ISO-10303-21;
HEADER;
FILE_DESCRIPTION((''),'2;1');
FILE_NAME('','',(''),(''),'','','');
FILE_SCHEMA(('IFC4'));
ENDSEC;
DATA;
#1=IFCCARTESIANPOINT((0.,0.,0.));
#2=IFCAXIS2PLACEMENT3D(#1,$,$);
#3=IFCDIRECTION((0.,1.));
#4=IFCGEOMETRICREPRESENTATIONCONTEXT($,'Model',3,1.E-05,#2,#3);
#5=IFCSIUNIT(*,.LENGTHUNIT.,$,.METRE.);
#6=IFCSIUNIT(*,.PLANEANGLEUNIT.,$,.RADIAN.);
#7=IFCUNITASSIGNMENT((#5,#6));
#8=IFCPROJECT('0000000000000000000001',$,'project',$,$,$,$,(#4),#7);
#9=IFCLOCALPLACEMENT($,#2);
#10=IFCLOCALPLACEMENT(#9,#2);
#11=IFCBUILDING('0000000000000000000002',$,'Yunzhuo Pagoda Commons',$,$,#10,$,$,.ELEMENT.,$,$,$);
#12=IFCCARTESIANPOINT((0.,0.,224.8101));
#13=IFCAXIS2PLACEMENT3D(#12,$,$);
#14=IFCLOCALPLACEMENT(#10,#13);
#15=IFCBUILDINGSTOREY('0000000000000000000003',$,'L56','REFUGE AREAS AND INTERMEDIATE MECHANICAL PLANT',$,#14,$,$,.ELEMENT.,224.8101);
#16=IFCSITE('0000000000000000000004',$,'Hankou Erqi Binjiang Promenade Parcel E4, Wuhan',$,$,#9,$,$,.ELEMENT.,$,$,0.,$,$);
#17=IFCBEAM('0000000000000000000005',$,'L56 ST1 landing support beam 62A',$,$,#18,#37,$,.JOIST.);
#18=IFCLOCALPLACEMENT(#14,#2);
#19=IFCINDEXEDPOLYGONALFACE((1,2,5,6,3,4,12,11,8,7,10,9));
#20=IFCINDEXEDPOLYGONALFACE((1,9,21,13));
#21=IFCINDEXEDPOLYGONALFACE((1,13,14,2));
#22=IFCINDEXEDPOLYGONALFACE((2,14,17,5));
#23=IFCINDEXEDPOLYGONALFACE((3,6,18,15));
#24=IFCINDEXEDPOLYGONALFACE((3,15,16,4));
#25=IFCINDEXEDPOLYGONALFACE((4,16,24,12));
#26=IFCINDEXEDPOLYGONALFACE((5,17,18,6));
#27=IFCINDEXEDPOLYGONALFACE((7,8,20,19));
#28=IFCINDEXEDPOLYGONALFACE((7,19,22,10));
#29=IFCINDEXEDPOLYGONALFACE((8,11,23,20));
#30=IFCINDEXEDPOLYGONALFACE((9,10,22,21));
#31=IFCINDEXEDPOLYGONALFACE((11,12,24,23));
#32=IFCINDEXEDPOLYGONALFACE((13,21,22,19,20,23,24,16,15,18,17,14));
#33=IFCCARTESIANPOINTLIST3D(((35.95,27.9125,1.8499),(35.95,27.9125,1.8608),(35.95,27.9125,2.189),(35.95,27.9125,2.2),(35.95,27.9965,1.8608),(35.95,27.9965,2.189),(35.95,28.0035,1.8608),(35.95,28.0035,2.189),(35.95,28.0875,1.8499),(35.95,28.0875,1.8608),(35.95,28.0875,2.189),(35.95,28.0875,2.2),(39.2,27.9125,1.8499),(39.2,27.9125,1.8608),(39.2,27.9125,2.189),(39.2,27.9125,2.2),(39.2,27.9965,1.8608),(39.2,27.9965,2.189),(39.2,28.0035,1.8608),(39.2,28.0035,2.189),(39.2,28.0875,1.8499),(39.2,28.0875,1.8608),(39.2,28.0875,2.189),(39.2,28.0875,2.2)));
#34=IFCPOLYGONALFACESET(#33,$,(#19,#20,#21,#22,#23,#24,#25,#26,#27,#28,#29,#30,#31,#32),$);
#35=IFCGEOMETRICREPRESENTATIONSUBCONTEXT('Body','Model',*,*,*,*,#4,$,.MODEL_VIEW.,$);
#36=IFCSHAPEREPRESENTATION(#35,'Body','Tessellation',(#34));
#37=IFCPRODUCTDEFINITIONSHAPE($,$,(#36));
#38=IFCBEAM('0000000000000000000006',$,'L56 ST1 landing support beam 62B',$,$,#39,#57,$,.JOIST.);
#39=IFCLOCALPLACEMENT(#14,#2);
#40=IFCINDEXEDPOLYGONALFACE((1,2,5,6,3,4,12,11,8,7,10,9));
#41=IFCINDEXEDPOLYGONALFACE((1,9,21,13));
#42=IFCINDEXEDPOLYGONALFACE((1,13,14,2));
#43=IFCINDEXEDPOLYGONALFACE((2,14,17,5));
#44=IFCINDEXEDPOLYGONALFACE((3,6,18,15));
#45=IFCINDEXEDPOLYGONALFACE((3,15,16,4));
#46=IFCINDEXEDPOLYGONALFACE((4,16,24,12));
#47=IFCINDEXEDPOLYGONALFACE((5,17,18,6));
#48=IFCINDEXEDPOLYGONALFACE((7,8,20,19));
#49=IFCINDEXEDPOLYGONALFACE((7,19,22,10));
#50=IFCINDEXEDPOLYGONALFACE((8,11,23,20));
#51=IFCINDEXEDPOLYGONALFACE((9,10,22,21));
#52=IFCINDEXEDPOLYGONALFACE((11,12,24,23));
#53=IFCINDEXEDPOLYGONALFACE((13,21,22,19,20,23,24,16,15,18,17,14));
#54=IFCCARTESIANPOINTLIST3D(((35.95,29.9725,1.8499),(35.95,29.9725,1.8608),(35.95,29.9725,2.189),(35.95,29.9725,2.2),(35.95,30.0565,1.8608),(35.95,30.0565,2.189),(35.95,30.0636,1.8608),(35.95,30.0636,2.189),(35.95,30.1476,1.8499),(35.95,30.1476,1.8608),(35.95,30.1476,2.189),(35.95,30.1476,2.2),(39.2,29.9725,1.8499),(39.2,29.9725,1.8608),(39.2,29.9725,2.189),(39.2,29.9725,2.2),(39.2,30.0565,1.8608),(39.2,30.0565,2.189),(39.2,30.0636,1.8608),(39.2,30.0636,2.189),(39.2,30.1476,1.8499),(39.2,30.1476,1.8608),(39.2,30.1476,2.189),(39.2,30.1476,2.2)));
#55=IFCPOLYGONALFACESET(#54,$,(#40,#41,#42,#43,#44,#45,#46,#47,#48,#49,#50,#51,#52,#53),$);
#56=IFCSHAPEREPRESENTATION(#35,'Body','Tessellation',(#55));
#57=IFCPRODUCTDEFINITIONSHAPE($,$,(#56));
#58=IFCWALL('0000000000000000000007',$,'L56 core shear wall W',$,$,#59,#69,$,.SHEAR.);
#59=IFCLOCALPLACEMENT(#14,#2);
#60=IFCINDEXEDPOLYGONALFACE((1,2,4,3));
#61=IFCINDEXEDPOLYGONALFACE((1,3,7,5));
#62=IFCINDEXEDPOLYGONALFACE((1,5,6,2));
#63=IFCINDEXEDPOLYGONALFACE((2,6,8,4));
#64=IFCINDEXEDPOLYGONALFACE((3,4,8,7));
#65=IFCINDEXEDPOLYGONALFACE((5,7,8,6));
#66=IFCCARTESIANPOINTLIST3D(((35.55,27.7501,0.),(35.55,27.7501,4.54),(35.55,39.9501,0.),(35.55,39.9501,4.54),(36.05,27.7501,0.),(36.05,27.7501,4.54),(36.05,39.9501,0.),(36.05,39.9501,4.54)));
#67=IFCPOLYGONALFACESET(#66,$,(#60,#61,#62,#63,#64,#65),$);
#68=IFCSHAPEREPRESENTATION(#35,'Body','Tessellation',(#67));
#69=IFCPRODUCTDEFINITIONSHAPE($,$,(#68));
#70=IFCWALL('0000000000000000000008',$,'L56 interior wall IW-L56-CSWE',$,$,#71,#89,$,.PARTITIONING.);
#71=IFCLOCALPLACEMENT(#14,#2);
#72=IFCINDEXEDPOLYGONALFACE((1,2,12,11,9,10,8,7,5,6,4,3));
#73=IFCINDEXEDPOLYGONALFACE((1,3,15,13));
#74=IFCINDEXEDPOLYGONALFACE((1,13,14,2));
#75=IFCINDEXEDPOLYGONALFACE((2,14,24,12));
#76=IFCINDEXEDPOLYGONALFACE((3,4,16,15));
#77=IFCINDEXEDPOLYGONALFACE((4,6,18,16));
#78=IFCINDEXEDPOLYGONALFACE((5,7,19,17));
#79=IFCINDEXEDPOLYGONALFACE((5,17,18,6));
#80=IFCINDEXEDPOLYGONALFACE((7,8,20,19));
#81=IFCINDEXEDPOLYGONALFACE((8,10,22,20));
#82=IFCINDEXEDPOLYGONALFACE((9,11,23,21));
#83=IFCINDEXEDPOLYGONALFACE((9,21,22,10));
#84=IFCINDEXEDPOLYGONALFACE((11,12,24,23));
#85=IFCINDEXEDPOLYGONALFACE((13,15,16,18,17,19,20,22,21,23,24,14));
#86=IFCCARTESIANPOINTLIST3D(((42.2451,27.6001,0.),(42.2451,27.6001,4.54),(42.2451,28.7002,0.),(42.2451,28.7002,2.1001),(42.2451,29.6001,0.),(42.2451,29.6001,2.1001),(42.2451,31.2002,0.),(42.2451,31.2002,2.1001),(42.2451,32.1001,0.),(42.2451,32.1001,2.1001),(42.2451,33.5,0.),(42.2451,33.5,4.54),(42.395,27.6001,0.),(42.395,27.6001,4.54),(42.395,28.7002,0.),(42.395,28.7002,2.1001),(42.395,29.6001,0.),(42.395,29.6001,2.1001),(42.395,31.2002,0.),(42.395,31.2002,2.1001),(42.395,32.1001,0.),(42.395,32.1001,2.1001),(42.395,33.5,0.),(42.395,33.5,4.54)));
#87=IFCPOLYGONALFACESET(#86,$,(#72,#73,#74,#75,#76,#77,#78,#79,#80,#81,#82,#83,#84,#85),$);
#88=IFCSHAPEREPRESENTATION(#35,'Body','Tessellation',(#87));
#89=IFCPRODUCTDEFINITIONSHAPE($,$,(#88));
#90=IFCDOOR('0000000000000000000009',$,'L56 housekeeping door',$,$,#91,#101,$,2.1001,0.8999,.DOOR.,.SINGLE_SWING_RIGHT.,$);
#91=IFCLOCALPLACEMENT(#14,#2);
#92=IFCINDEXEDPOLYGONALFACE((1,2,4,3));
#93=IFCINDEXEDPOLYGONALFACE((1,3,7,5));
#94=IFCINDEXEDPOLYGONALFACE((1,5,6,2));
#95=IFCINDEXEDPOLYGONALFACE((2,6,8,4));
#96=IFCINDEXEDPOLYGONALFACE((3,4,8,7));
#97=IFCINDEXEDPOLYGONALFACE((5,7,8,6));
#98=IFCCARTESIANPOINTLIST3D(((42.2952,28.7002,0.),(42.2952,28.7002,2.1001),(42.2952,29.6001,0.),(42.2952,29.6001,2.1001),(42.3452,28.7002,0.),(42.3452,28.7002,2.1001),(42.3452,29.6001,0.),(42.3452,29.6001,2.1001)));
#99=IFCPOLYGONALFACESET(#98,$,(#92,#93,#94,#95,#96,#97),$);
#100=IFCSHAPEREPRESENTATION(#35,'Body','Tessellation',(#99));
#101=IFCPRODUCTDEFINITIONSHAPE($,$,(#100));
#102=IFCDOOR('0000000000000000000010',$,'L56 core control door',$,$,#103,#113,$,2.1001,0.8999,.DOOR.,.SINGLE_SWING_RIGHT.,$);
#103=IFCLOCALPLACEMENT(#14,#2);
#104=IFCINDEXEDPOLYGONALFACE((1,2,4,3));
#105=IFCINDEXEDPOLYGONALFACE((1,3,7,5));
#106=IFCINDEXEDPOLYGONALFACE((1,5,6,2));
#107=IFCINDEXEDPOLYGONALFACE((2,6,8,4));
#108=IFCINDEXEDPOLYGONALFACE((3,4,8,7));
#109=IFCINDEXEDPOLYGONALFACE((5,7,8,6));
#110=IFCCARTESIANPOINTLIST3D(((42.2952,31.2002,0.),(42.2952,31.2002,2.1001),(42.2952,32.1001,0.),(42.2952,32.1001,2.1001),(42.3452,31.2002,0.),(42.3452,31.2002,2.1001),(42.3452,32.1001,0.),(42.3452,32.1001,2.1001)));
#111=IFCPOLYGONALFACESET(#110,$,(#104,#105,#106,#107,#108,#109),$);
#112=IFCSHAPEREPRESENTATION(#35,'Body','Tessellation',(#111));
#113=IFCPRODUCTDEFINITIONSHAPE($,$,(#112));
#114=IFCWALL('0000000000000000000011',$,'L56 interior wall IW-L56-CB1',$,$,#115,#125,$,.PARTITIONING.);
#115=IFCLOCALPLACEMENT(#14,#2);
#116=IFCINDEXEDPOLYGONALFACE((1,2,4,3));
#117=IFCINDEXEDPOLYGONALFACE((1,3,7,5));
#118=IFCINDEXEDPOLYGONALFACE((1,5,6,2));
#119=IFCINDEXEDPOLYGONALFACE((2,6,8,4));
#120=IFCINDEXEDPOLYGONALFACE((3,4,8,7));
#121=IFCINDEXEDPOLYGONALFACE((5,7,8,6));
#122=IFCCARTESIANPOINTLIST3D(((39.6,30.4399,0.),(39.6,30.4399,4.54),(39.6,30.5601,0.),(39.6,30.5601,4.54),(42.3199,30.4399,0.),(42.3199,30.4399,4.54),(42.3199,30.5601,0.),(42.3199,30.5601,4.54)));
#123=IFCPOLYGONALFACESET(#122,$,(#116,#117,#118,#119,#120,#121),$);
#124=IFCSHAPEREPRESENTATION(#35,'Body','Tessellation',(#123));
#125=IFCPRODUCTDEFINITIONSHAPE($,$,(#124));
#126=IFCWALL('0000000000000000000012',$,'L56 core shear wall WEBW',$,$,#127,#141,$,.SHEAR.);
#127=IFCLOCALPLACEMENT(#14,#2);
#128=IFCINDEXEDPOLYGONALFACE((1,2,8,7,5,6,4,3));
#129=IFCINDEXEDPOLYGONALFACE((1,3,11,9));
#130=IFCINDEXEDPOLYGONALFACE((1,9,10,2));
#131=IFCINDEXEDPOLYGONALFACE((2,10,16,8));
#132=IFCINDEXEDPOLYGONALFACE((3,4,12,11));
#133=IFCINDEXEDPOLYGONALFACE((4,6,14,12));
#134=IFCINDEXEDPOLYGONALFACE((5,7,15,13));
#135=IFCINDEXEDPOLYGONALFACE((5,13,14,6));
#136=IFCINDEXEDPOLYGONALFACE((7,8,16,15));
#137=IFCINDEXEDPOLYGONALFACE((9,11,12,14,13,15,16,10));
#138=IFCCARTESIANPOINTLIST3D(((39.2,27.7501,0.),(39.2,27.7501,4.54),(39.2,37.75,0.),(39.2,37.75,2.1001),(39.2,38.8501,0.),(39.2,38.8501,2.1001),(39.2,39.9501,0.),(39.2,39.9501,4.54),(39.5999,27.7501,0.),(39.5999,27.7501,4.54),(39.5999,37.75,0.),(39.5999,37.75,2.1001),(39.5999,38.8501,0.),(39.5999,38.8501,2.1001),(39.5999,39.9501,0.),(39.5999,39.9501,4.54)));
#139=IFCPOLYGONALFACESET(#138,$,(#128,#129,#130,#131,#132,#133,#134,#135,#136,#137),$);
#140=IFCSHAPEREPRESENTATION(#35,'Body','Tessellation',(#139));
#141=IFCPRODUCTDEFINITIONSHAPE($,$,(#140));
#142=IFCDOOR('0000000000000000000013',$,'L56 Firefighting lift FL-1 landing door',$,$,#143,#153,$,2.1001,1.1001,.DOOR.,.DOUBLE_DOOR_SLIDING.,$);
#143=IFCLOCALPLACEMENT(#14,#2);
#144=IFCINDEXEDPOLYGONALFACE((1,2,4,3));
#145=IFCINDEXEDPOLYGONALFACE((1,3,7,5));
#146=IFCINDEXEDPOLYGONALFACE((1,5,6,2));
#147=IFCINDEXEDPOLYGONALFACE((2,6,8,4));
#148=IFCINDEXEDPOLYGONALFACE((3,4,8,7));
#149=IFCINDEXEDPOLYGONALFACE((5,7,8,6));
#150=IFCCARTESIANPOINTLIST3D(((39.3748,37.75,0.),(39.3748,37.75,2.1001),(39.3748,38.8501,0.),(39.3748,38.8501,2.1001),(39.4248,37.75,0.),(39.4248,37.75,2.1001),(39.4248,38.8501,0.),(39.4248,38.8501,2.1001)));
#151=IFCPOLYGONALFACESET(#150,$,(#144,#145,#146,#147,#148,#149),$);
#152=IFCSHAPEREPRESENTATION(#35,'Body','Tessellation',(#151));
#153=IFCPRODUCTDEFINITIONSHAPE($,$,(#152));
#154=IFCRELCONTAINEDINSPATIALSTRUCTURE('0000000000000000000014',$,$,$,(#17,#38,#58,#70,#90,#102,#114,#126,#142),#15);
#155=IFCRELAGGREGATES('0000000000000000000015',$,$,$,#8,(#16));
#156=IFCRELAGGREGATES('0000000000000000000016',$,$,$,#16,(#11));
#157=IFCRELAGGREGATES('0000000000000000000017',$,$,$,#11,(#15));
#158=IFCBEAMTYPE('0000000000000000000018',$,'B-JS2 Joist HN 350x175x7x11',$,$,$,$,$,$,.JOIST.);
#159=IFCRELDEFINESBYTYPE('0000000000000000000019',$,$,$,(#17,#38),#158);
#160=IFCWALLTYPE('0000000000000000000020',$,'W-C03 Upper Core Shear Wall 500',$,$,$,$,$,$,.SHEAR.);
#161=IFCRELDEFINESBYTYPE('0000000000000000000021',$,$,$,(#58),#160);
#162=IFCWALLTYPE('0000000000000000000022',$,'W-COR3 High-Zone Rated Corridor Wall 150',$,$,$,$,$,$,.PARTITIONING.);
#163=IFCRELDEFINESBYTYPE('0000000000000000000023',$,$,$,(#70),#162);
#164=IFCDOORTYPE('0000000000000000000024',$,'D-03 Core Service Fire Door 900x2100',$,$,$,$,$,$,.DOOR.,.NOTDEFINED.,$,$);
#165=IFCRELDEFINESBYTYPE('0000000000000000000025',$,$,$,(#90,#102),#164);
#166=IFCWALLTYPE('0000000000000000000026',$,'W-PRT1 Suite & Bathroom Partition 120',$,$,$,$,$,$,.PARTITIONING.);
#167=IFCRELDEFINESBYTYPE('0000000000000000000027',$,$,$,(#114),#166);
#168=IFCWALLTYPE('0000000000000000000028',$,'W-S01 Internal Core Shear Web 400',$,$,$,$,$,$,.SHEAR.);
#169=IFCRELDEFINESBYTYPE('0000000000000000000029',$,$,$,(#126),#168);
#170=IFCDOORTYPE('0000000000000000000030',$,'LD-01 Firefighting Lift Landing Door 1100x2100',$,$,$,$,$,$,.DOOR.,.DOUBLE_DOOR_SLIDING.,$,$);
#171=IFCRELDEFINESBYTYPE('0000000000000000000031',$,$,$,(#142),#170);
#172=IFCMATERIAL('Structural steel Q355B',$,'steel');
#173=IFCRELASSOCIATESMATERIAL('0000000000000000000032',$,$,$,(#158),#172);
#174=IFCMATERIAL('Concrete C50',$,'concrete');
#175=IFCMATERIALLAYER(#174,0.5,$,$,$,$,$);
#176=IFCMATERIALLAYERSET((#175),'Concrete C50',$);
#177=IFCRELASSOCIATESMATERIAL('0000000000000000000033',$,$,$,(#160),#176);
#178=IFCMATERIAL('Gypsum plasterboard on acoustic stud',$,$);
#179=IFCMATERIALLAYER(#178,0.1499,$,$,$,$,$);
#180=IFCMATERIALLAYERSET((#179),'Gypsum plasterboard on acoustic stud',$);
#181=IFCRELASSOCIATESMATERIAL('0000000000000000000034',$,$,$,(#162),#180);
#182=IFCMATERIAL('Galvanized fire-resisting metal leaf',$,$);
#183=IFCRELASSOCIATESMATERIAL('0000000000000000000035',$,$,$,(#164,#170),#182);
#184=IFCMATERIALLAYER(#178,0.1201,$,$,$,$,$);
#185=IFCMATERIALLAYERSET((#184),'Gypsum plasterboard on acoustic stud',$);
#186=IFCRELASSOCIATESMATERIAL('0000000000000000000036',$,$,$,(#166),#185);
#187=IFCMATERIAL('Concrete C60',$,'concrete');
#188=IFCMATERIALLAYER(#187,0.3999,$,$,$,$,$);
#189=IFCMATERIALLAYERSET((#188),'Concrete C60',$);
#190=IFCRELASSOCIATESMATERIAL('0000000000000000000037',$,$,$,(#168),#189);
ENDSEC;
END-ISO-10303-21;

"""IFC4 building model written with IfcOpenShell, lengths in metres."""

from ifc_helpers import new_model, si_unit, direction, frame, frame_2d, origin, origin_with_axes, origin_2d, place, context, subcontext, project, spatial, rectangle, i_section, extrude, source, transform, mapped, material, layer, layer_set, material_profile, profile_set, type_object, element, fill, save


model = new_model("IFC4")

# Units and contexts
model_context = context("Model", 3, precision=1e-05, world=origin(), true_north=direction((0.0, 1.0)))
body_context = subcontext(model_context, "Body", "Model", "MODEL_VIEW")
ifc_project = project(units=[si_unit("LENGTHUNIT", "METRE"), si_unit("PLANEANGLEUNIT", "RADIAN")], contexts=[model_context])

# Site, building, storey
site_placement = place(None, origin())
site = spatial("IfcSite", under=ifc_project, at=site_placement, Name="Hankou Erqi Binjiang Promenade Parcel E4, Wuhan", CompositionType="ELEMENT", RefElevation=0.0)
building_placement = place(site_placement, origin())
building = spatial("IfcBuilding", under=site, at=building_placement, Name="Yunzhuo Pagoda Commons", CompositionType="ELEMENT")
storey_placement = place(building_placement, frame((0.0, 0.0, 224.8101)))
storey = spatial("IfcBuildingStorey", under=building, at=storey_placement, Name="L56", Description="REFUGE AREAS AND INTERMEDIATE MECHANICAL PLANT", CompositionType="ELEMENT", Elevation=224.8101)

# Beams
ifc_material_1 = material(Name="Structural steel Q355B", Category="steel")
ifc_material_profile = material_profile(ifc_material_1, i_section(OverallWidth=0.175, OverallDepth=0.3501, WebThickness=0.0071, FlangeThickness=0.011, at=origin_2d()), Name="Structural steel Q355B")
ifc_profile_set = profile_set([ifc_material_profile], Name="Structural steel Q355B")
beam_type = type_object("IfcBeamType", Name="B-JS2 Joist HN 350x175x7x11", PredefinedType="JOIST", material=ifc_profile_set)
shared_shape_1 = source(origin(), body_context, "Body", "SweptSolid", [
    extrude(i_section(OverallWidth=0.175, OverallDepth=0.3501, WebThickness=0.0071, FlangeThickness=0.011, at=origin_2d()), origin(), (0.0, 0.0, 1.0), 3.25),
])
for number, where, z_axis, x_axis, name in (
    (1, (35.95, 28.0, 2.0249), (1.0, 0.0, 0.0), (0.0, 1.0, 0.0), "L56 ST1 landing support beam 62A"),
    (2, (35.95, 30.0601, 2.0249), (1.0, 0.0, 0.0), (0.0, 1.0, 0.0), "L56 ST1 landing support beam 62B"),
):
    element("IfcBeam", number, at=place(storey_placement, frame(where, z_axis=z_axis, x_axis=x_axis)), inside=storey, type_object=beam_type, Name=name, PredefinedType="JOIST", context=body_context, shape_type="MappedRepresentation", body=[
        mapped(shared_shape_1, transform((0.0, 0.0, 0.0), scale=1.0)),
    ])

# Wall
ifc_material_2 = material(Name="Concrete C50", Category="concrete")
ifc_layer_1 = layer(ifc_material_2, 0.5)
ifc_layer_set_1 = layer_set([ifc_layer_1], Name="Concrete C50")
wall_type_1 = type_object("IfcWallType", Name="W-C03 Upper Core Shear Wall 500", PredefinedType="SHEAR", material=ifc_layer_set_1)
wall_1_placement = place(storey_placement, frame((35.8, 27.75, 0.0), z_axis=(0.0, 0.0, 1.0), x_axis=(0.0, 1.0, 0.0)))
element("IfcWall", 3, at=wall_1_placement, inside=storey, type_object=wall_type_1, Name="L56 core shear wall W", PredefinedType="SHEAR", context=body_context, shape_type="SweptSolid", body=[
    extrude(rectangle(XDim=12.2, YDim=0.5, at=frame_2d((6.1001, 0.0))), origin(), (0.0, 0.0, 1.0), 4.54),
])

# Wall, openings, doors
ifc_material_3 = material(Name="Gypsum plasterboard on acoustic stud")
ifc_layer_2 = layer(ifc_material_3, 0.1499)
ifc_layer_set_2 = layer_set([ifc_layer_2], Name="Gypsum plasterboard on acoustic stud")
wall_type_2 = type_object("IfcWallType", Name="W-COR3 High-Zone Rated Corridor Wall 150", PredefinedType="PARTITIONING", material=ifc_layer_set_2)
wall_2_placement = place(storey_placement, frame((42.3201, 27.6001, 0.0), z_axis=(0.0, 0.0, 1.0), x_axis=(0.0, 1.0, 0.0)))
wall_2 = element("IfcWall", 4, at=wall_2_placement, inside=storey, type_object=wall_type_2, Name="L56 interior wall IW-L56-CSWE", PredefinedType="PARTITIONING", context=body_context, shape_type="SweptSolid", body=[
    extrude(rectangle(XDim=5.8999, YDim=0.1499, at=frame_2d((2.95, 0.0))), origin(), (0.0, 0.0, 1.0), 4.54),
])
opening_1_placement = place(wall_2_placement, frame((1.1001, 0.0, 0.0)))
opening_1 = element("IfcOpeningElement", 5, at=opening_1_placement, cuts=wall_2, PredefinedType="OPENING", context=body_context, shape_type="SweptSolid", body=[
    extrude(rectangle(XDim=0.8999, YDim=2.1001, at=frame_2d((0.45, 1.05))), frame((0.0, 0.085, 0.0), z_axis=(0.0, -1.0, 0.0), x_axis=(1.0, 0.0, 0.0)), (0.0, 0.0, 1.0), 0.1699),
])
opening_2_placement = place(wall_2_placement, frame((3.6001, 0.0, 0.0)))
opening_2 = element("IfcOpeningElement", 6, at=opening_2_placement, cuts=wall_2, PredefinedType="OPENING", context=body_context, shape_type="SweptSolid", body=[
    extrude(rectangle(XDim=0.8999, YDim=2.1001, at=frame_2d((0.45, 1.05))), frame((0.0, 0.085, 0.0), z_axis=(0.0, -1.0, 0.0), x_axis=(1.0, 0.0, 0.0)), (0.0, 0.0, 1.0), 0.1699),
])
ifc_material_4 = material(Name="Galvanized fire-resisting metal leaf")
door_type_1 = type_object("IfcDoorType", Name="D-03 Core Service Fire Door 900x2100", OperationType="NOTDEFINED", PredefinedType="DOOR", material=ifc_material_4)
shared_shape_2 = source(origin(), body_context, "Body", "SweptSolid", [
    extrude(rectangle(XDim=0.8999, YDim=2.1001, at=frame_2d((0.45, 1.05))), frame((0.0, 0.0249, 0.0), z_axis=(0.0, -1.0, 0.0), x_axis=(1.0, 0.0, 0.0)), (0.0, 0.0, 1.0), 0.05),
])
door_1_placement = place(opening_1_placement, origin_with_axes())
door_1 = element("IfcDoor", 7, at=door_1_placement, inside=storey, type_object=door_type_1, Name="L56 housekeeping door", OperationType="SINGLE_SWING_RIGHT", OverallHeight=2.1001, OverallWidth=0.8999, PredefinedType="DOOR", context=body_context, shape_type="MappedRepresentation", body=[
    mapped(shared_shape_2, transform((0.0, 0.0, 0.0), scale=1.0)),
])
fill(opening_1, door_1)
door_2_placement = place(opening_2_placement, origin_with_axes())
door_2 = element("IfcDoor", 8, at=door_2_placement, inside=storey, type_object=door_type_1, Name="L56 core control door", OperationType="SINGLE_SWING_RIGHT", OverallHeight=2.1001, OverallWidth=0.8999, PredefinedType="DOOR", context=body_context, shape_type="MappedRepresentation", body=[
    mapped(shared_shape_2, transform((0.0, 0.0, 0.0), scale=1.0)),
])
fill(opening_2, door_2)

# Wall
ifc_layer_3 = layer(ifc_material_3, 0.1201)
ifc_layer_set_3 = layer_set([ifc_layer_3], Name="Gypsum plasterboard on acoustic stud")
wall_type_3 = type_object("IfcWallType", Name="W-PRT1 Suite & Bathroom Partition 120", PredefinedType="PARTITIONING", material=ifc_layer_set_3)
wall_3_placement = place(storey_placement, frame((39.6001, 30.5, 0.0), z_axis=(0.0, 0.0, 1.0), x_axis=(1.0, 0.0, 0.0)))
element("IfcWall", 9, at=wall_3_placement, inside=storey, type_object=wall_type_3, Name="L56 interior wall IW-L56-CB1", PredefinedType="PARTITIONING", context=body_context, shape_type="SweptSolid", body=[
    extrude(rectangle(XDim=2.72, YDim=0.1201, at=frame_2d((1.3599, 0.0))), origin(), (0.0, 0.0, 1.0), 4.54),
])

# Wall, opening, door
ifc_material_5 = material(Name="Concrete C60", Category="concrete")
ifc_layer_4 = layer(ifc_material_5, 0.3999)
ifc_layer_set_4 = layer_set([ifc_layer_4], Name="Concrete C60")
wall_type_4 = type_object("IfcWallType", Name="W-S01 Internal Core Shear Web 400", PredefinedType="SHEAR", material=ifc_layer_set_4)
wall_4_placement = place(storey_placement, frame((39.3999, 27.75, 0.0), z_axis=(0.0, 0.0, 1.0), x_axis=(0.0, 1.0, 0.0)))
wall_4 = element("IfcWall", 10, at=wall_4_placement, inside=storey, type_object=wall_type_4, Name="L56 core shear wall WEBW", PredefinedType="SHEAR", context=body_context, shape_type="SweptSolid", body=[
    extrude(rectangle(XDim=12.2, YDim=0.3999, at=frame_2d((6.1001, 0.0))), origin(), (0.0, 0.0, 1.0), 4.54),
])
opening_3_placement = place(wall_4_placement, frame((10.0, 0.0, 0.0)))
opening_3 = element("IfcOpeningElement", 11, at=opening_3_placement, cuts=wall_4, PredefinedType="OPENING", context=body_context, shape_type="SweptSolid", body=[
    extrude(rectangle(XDim=1.1001, YDim=2.1001, at=frame_2d((0.55, 1.05))), frame((0.0, 0.21, 0.0), z_axis=(0.0, -1.0, 0.0), x_axis=(1.0, 0.0, 0.0)), (0.0, 0.0, 1.0), 0.4199),
])
door_type_2 = type_object("IfcDoorType", Name="LD-01 Firefighting Lift Landing Door 1100x2100", OperationType="DOUBLE_DOOR_SLIDING", PredefinedType="DOOR", material=ifc_material_4)
shared_shape_3 = source(origin(), body_context, "Body", "SweptSolid", [
    extrude(rectangle(XDim=1.1001, YDim=2.1001, at=frame_2d((0.55, 1.05))), frame((0.0, 0.0249, 0.0), z_axis=(0.0, -1.0, 0.0), x_axis=(1.0, 0.0, 0.0)), (0.0, 0.0, 1.0), 0.05),
])
door_3_placement = place(opening_3_placement, frame((1.1001, 0.0, 0.0), z_axis=(0.0, 0.0, 1.0), x_axis=(-1.0, 0.0, 0.0)))
door_3 = element("IfcDoor", 12, at=door_3_placement, inside=storey, type_object=door_type_2, Name="L56 Firefighting lift FL-1 landing door", OperationType="DOUBLE_DOOR_SLIDING", OverallHeight=2.1001, OverallWidth=1.1001, PredefinedType="DOOR", context=body_context, shape_type="MappedRepresentation", body=[
    mapped(shared_shape_3, transform((0.0, 0.0, 0.0), scale=1.0)),
])
fill(opening_3, door_3)

save(model, "model.ifc")
